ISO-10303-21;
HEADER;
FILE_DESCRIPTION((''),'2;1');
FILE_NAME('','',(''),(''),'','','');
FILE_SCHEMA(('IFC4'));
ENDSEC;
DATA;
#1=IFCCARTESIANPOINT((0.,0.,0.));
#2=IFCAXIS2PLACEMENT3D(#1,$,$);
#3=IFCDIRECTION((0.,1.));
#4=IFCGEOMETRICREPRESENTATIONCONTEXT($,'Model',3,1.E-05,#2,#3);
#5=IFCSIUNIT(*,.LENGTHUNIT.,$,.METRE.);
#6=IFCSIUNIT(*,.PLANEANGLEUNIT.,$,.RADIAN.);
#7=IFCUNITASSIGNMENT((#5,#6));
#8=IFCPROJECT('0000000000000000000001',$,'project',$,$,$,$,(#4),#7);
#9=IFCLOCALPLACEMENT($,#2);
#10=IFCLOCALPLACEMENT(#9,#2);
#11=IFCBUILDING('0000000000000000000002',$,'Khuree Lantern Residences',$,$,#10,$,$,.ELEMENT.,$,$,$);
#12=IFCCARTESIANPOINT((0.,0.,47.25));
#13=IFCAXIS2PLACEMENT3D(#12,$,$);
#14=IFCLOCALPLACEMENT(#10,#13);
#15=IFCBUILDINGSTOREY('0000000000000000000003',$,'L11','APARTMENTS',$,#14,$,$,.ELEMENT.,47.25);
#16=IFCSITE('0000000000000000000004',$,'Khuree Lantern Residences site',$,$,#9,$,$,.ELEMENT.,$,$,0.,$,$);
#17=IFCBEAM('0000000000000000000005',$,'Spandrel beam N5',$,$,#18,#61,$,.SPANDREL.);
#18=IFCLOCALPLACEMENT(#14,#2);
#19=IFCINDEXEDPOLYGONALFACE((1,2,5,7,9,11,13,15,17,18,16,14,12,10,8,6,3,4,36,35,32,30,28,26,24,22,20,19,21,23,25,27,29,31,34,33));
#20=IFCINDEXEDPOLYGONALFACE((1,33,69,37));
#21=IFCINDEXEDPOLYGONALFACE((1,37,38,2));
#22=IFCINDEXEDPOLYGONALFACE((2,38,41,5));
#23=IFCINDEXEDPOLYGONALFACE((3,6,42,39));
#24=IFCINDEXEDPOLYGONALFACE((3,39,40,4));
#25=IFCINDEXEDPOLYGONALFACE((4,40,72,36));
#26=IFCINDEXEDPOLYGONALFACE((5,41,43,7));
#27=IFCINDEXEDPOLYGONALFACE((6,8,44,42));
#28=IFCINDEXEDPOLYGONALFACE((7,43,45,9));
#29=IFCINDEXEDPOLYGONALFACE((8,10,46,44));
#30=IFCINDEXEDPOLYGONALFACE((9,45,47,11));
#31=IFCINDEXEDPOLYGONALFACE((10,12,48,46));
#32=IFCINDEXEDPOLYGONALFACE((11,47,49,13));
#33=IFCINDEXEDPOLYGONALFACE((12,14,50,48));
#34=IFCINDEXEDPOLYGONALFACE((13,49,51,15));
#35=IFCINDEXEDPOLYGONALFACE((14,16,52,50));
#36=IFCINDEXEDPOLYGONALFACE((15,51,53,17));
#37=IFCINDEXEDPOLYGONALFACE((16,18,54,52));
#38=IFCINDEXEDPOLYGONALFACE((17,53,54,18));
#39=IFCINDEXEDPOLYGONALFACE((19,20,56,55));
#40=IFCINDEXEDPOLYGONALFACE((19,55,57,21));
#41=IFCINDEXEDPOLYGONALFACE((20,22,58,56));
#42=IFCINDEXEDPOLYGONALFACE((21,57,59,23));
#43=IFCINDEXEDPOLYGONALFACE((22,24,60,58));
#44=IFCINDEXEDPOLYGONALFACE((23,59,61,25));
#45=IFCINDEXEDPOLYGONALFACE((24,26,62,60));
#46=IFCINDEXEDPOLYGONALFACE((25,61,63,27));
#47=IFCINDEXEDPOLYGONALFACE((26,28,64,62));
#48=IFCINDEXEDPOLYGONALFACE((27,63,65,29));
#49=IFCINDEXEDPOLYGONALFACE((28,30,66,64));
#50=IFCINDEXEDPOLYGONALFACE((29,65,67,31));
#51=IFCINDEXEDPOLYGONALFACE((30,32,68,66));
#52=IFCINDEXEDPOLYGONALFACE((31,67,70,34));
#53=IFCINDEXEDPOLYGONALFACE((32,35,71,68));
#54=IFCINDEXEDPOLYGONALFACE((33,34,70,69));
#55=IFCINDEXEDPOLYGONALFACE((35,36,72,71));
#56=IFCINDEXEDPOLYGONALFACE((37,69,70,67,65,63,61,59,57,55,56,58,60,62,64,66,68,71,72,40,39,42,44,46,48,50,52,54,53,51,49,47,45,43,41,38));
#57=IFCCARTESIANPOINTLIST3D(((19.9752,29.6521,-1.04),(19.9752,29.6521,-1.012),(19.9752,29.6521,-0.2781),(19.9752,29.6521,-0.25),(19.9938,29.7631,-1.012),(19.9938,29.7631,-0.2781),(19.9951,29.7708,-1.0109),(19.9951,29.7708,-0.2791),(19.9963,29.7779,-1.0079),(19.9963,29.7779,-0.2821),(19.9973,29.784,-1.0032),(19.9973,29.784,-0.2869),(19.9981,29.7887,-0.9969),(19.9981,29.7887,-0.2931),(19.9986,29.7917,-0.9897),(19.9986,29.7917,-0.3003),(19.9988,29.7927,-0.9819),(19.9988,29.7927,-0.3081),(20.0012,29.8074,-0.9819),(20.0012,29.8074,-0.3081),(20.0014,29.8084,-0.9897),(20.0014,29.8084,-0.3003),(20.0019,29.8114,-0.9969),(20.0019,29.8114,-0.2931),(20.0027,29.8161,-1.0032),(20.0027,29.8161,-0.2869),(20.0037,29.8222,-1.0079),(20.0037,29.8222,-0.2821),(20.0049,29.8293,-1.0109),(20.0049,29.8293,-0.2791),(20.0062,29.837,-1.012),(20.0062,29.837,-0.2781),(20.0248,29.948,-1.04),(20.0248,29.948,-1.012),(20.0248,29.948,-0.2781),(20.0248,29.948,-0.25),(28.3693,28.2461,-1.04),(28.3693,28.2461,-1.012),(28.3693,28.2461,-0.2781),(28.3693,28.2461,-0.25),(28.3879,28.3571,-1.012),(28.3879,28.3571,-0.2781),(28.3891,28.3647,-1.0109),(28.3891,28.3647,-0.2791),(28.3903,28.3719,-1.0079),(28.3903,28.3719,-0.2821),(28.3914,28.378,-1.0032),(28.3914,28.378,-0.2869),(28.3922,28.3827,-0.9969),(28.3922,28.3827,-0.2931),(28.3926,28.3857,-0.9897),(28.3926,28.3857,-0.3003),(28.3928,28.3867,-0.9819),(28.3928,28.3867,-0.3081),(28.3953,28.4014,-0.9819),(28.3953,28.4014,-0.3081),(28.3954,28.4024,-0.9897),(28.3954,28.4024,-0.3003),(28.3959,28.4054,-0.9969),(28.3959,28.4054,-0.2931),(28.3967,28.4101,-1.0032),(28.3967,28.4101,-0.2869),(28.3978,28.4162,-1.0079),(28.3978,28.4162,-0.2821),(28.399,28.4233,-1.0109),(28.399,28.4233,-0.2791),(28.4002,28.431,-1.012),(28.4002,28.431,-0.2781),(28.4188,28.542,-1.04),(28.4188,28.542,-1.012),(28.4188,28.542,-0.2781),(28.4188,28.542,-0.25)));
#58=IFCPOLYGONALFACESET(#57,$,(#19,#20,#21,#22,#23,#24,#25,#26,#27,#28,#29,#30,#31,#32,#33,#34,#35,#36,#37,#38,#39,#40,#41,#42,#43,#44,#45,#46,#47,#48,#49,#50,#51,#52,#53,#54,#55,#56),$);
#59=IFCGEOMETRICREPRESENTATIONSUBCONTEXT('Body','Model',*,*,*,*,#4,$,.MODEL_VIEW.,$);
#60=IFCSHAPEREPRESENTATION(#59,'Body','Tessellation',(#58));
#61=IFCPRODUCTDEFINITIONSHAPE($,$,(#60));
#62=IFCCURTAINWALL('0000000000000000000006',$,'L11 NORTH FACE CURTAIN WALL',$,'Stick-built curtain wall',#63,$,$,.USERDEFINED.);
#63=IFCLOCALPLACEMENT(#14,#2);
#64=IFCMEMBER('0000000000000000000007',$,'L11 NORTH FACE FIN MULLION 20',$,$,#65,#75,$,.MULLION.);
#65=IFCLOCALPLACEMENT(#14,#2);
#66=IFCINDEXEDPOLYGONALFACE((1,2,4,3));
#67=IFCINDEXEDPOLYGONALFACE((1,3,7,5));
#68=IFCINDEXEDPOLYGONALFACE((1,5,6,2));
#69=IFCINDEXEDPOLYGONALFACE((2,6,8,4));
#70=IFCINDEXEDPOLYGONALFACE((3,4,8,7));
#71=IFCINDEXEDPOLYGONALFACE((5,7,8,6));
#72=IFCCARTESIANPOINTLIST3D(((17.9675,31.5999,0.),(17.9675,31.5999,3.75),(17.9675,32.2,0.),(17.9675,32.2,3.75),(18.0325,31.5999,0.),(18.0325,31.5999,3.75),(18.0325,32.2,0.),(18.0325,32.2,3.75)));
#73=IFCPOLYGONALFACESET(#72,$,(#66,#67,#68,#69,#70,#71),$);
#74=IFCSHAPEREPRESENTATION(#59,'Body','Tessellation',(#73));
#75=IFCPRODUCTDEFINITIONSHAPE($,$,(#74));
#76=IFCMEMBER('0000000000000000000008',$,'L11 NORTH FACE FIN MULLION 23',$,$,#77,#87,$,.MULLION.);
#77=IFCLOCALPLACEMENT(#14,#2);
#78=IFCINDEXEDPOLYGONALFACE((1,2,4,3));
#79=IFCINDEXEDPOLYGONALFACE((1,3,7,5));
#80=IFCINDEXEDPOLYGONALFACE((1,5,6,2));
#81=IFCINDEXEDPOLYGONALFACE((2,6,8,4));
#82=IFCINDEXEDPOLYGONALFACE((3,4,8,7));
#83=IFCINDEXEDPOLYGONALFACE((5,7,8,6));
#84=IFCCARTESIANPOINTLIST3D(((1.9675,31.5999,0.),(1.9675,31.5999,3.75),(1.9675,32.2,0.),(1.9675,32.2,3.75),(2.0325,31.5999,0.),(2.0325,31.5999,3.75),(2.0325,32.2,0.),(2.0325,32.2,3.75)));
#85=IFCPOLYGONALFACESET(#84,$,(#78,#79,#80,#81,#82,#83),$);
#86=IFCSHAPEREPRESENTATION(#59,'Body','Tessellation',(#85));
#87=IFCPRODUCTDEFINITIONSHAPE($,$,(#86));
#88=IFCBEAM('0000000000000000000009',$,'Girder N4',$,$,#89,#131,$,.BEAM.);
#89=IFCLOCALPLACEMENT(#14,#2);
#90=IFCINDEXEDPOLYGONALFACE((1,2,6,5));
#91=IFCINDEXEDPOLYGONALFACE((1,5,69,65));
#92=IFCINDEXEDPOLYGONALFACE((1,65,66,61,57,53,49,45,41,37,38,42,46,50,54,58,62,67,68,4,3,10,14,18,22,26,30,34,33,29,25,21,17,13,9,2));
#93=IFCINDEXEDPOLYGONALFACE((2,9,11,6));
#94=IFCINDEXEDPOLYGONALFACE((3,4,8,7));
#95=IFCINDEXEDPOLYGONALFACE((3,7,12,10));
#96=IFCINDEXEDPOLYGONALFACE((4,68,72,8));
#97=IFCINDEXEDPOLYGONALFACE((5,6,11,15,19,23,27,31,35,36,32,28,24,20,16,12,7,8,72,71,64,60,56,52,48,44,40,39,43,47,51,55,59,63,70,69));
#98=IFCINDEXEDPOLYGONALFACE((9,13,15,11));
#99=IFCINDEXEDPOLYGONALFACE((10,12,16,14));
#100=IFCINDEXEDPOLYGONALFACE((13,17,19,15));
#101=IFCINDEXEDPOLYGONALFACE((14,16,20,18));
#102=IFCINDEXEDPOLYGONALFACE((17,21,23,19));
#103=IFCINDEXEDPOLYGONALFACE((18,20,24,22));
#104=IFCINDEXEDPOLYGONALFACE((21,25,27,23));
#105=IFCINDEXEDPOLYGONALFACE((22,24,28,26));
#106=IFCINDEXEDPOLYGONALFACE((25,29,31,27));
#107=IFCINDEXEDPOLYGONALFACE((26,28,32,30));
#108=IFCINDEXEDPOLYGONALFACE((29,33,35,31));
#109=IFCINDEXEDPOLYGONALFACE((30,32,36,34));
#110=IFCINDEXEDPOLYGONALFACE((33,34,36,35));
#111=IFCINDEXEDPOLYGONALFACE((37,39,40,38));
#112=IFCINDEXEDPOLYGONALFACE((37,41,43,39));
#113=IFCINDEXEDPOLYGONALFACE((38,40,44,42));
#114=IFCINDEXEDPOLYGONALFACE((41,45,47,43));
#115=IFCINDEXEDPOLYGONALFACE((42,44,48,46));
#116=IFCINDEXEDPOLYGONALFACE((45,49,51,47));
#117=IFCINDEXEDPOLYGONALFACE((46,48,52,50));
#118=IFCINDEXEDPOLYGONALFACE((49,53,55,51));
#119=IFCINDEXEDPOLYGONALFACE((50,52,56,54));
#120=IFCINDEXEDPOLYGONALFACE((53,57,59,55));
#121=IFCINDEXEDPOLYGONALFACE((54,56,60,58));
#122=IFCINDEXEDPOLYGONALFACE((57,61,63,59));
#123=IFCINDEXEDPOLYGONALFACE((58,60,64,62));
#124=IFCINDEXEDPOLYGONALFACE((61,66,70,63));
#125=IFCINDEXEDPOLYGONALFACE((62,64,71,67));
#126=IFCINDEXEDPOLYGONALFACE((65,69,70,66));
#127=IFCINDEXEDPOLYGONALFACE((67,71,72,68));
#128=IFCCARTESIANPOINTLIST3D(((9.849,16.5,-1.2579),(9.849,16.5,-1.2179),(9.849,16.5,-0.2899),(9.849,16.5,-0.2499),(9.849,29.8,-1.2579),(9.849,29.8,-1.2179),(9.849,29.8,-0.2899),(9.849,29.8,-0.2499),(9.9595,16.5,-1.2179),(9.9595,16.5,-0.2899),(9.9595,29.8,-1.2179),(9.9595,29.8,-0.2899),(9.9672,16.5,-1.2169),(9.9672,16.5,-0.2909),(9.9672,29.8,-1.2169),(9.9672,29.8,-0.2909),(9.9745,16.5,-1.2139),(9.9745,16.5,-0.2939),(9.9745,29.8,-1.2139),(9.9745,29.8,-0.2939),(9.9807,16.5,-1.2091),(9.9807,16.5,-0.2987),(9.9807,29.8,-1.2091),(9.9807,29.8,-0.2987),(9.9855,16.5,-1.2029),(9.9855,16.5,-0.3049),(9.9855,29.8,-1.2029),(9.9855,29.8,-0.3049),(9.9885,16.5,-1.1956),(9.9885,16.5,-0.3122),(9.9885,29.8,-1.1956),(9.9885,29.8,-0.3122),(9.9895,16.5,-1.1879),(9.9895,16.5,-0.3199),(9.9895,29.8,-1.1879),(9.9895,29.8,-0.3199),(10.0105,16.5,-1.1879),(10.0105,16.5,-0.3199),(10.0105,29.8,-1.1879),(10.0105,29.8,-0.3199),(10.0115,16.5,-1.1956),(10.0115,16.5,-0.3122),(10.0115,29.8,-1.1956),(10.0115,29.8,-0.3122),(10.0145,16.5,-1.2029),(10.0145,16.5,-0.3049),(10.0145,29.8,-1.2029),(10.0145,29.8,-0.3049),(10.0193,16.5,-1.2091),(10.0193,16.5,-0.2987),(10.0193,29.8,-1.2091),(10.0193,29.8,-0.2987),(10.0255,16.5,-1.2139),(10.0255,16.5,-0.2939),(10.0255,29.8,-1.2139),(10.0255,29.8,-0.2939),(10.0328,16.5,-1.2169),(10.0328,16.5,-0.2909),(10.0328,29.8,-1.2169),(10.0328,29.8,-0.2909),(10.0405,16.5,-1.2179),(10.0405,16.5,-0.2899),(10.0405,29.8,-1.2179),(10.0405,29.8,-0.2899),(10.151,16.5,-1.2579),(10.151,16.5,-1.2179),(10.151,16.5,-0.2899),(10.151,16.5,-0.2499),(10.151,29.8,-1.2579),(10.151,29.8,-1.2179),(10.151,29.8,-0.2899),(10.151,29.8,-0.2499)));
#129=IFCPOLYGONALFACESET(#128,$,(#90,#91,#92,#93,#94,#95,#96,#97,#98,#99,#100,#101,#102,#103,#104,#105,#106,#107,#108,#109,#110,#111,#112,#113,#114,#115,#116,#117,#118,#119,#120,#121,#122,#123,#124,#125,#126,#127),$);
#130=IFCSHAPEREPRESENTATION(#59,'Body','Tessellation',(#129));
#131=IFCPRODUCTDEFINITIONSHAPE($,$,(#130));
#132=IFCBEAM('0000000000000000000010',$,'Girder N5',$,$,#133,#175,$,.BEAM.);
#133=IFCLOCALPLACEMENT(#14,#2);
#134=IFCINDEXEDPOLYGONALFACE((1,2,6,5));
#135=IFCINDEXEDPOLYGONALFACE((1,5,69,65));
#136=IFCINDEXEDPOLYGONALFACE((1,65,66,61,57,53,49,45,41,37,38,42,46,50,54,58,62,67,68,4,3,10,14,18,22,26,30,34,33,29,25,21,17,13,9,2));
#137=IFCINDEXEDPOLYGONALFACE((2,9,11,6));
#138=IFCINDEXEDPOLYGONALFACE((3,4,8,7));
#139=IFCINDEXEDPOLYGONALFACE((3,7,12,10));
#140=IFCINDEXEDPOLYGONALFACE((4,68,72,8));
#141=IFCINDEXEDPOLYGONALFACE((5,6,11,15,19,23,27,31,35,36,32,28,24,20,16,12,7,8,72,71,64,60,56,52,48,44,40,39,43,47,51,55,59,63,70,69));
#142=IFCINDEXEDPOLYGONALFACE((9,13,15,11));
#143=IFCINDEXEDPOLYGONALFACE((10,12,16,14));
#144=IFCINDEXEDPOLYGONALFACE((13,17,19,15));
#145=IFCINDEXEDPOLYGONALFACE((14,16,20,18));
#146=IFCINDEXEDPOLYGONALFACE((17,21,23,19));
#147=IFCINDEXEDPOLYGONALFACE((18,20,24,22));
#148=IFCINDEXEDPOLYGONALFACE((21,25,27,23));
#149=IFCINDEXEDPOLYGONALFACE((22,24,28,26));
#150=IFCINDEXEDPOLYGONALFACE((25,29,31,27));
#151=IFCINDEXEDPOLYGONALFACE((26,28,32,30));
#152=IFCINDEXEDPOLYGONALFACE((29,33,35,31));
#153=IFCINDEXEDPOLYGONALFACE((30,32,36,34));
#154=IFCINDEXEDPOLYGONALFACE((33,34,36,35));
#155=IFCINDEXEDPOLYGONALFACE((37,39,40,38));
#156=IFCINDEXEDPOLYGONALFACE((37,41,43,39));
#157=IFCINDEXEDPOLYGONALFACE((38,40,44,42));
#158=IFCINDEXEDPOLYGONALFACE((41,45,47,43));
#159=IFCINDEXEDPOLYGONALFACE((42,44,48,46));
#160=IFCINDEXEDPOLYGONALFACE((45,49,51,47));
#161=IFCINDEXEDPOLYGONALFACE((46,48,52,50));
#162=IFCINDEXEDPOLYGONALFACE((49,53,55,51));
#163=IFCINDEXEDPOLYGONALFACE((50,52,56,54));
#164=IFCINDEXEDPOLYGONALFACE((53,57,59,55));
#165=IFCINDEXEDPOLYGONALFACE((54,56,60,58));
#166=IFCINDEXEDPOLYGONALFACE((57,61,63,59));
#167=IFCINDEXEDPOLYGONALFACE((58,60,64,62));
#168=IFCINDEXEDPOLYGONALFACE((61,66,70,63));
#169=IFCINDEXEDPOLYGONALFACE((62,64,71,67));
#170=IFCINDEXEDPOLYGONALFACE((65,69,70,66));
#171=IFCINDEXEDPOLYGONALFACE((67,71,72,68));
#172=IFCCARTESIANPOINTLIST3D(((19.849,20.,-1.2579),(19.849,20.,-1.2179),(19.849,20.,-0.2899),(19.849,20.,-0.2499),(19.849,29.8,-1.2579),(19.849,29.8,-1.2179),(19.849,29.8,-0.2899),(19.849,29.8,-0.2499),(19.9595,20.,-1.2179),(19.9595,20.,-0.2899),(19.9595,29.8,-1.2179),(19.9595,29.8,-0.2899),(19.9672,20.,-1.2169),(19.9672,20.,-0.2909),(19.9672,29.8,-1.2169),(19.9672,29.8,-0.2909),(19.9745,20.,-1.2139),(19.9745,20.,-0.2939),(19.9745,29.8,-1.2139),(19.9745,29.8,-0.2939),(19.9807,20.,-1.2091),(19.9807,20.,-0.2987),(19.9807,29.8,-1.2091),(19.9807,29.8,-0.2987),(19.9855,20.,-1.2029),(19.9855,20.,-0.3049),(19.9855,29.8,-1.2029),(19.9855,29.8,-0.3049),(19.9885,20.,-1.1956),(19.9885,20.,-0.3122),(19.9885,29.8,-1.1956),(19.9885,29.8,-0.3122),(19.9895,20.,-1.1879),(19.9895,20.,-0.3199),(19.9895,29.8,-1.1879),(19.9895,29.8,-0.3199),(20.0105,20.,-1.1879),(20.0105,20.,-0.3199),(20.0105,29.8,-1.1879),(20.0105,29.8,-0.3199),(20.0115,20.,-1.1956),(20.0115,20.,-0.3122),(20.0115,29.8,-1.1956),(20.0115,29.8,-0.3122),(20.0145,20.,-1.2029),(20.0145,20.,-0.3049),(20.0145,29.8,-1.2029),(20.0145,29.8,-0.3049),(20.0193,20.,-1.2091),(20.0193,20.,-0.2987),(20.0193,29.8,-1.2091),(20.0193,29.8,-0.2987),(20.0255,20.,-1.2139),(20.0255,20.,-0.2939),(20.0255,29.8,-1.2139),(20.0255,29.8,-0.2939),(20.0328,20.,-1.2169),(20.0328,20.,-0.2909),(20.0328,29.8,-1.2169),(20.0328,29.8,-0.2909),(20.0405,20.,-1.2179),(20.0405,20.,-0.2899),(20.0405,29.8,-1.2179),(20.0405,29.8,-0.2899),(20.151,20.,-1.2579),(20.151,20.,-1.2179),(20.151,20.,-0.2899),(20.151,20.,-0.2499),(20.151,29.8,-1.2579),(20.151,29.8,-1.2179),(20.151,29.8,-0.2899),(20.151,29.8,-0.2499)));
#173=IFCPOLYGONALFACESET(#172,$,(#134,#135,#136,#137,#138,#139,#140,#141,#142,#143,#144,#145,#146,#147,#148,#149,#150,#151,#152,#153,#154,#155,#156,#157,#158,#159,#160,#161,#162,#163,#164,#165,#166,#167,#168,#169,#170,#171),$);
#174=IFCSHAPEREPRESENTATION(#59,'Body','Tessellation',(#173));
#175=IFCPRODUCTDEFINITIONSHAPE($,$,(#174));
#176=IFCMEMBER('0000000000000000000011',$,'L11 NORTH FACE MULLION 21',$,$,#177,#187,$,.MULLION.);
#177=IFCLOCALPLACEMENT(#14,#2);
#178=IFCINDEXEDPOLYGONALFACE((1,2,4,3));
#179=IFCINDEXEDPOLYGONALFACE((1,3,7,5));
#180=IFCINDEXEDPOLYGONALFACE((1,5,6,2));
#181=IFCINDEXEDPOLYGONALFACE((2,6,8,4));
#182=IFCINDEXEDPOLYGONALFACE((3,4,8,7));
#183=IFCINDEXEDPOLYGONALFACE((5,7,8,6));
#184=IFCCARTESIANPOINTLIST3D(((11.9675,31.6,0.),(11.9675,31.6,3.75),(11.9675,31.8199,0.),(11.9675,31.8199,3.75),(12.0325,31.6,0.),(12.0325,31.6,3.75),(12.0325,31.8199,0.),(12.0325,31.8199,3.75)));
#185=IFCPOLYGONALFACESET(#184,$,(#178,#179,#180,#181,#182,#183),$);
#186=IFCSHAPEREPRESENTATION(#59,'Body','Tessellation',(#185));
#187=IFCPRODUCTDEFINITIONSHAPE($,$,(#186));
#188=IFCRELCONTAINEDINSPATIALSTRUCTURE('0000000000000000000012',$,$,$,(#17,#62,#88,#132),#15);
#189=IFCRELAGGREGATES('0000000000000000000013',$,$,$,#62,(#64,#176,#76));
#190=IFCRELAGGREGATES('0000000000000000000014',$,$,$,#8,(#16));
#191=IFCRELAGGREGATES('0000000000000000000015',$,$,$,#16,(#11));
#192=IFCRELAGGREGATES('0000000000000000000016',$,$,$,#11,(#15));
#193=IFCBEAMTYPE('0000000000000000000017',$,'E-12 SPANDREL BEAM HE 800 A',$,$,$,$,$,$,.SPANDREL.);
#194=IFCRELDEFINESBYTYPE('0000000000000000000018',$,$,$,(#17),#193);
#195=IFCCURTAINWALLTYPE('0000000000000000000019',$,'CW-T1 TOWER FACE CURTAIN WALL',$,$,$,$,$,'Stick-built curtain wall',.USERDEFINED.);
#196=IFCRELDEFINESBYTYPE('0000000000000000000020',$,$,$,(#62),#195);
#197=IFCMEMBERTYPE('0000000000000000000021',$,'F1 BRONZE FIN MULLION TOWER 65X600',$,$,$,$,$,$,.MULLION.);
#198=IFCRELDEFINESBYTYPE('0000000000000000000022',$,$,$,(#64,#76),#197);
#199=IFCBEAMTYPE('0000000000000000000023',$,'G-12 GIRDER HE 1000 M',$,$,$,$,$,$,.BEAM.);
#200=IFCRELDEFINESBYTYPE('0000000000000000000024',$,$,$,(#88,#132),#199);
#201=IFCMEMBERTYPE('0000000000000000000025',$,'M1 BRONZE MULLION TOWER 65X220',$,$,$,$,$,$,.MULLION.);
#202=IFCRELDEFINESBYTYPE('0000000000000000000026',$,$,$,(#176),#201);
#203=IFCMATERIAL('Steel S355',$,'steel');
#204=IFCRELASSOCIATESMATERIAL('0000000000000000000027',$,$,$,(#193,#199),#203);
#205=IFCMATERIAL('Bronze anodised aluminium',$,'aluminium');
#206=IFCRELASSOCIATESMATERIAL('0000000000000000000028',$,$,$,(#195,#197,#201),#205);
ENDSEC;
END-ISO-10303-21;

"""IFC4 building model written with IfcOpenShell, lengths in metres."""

from ifc_helpers import new_model, si_unit, direction, frame, origin, origin_2d, place, context, subcontext, project, spatial, rectangle, i_section, extrude, material, material_profile, profile_set, type_object, element, aggregate, save


model = new_model("IFC4")

# Units and contexts
model_context = context("Model", 3, precision=1e-05, world=origin(), true_north=direction((0.0, 1.0)))
body_context = subcontext(model_context, "Body", "Model", "MODEL_VIEW")
ifc_project = project(units=[si_unit("LENGTHUNIT", "METRE"), si_unit("PLANEANGLEUNIT", "RADIAN")], contexts=[model_context])

# Site, building, storey
site_placement = place(None, origin())
site = spatial("IfcSite", under=ifc_project, at=site_placement, Name="Khuree Lantern Residences site", CompositionType="ELEMENT", RefElevation=0.0)
building_placement = place(site_placement, origin())
building = spatial("IfcBuilding", under=site, at=building_placement, Name="Khuree Lantern Residences", CompositionType="ELEMENT")
storey_placement = place(building_placement, frame((0.0, 0.0, 47.25)))
storey = spatial("IfcBuildingStorey", under=building, at=storey_placement, Name="L11", Description="APARTMENTS", CompositionType="ELEMENT", Elevation=47.25)

# Beam
ifc_material_1 = material(Name="Steel S355", Category="steel")
ifc_material_profile_1 = material_profile(ifc_material_1, i_section(OverallWidth=0.3, OverallDepth=0.79, WebThickness=0.0149, FlangeThickness=0.0281, FilletRadius=0.03, at=origin_2d()), Name="HE 800 A")
ifc_profile_set_1 = profile_set([ifc_material_profile_1], Name="Steel S355")
beam_type_1 = type_object("IfcBeamType", Name="E-12 SPANDREL BEAM HE 800 A", PredefinedType="SPANDREL", material=ifc_profile_set_1)
beam_1_placement = place(storey_placement, frame((20.0, 29.8, -0.645), z_axis=(0.98626, -0.165199, 0.0), x_axis=(0.165199, 0.98626, 0.0)))
element("IfcBeam", 1, at=beam_1_placement, inside=storey, type_object=beam_type_1, Name="Spandrel beam N5", PredefinedType="SPANDREL", context=body_context, shape_type="SweptSolid", body=[
    extrude(i_section(OverallWidth=0.3, OverallDepth=0.79, WebThickness=0.0149, FlangeThickness=0.0281, FilletRadius=0.03, at=origin_2d()), origin(), (0.0, 0.0, 1.0), 8.511),
])

# Curtain wall, members
ifc_material_2 = material(Name="Bronze anodised aluminium", Category="aluminium")
curtain_wall_type = type_object("IfcCurtainWallType", Name="CW-T1 TOWER FACE CURTAIN WALL", ElementType="Stick-built curtain wall", PredefinedType="USERDEFINED", material=ifc_material_2)
curtain_wall_placement = place(storey_placement, origin())
curtain_wall = element("IfcCurtainWall", 2, at=curtain_wall_placement, inside=storey, type_object=curtain_wall_type, Name="L11 NORTH FACE CURTAIN WALL", ObjectType="Stick-built curtain wall", PredefinedType="USERDEFINED")
ifc_material_profile_2 = material_profile(ifc_material_2, rectangle(XDim=0.0649, YDim=0.6001, at=origin_2d()), Name="F1 65X600")
ifc_profile_set_2 = profile_set([ifc_material_profile_2], Name="Bronze anodised aluminium")
member_type_1 = type_object("IfcMemberType", Name="F1 BRONZE FIN MULLION TOWER 65X600", PredefinedType="MULLION", material=ifc_profile_set_2)
member_1_placement = place(storey_placement, frame((18.0, 31.8999, 0.0), z_axis=(0.0, 0.0, 1.0), x_axis=(-1.0, 0.0, 0.0)))
member_1 = element("IfcMember", 3, at=member_1_placement, type_object=member_type_1, Name="L11 NORTH FACE FIN MULLION 20", PredefinedType="MULLION", context=body_context, shape_type="SweptSolid", body=[
    extrude(rectangle(XDim=0.0649, YDim=0.6001, at=origin_2d()), origin(), (0.0, 0.0, 1.0), 3.75),
])
member_2_placement = place(storey_placement, frame((2.0, 31.8999, 0.0), z_axis=(0.0, 0.0, 1.0), x_axis=(-1.0, 0.0, 0.0)))
member_2 = element("IfcMember", 4, at=member_2_placement, type_object=member_type_1, Name="L11 NORTH FACE FIN MULLION 23", PredefinedType="MULLION", context=body_context, shape_type="SweptSolid", body=[
    extrude(rectangle(XDim=0.0649, YDim=0.6001, at=origin_2d()), origin(), (0.0, 0.0, 1.0), 3.75),
])

# Beams
ifc_material_profile_3 = material_profile(ifc_material_1, i_section(OverallWidth=0.302, OverallDepth=1.0081, WebThickness=0.021, FlangeThickness=0.04, FilletRadius=0.03, at=origin_2d()), Name="HE 1000 M")
ifc_profile_set_3 = profile_set([ifc_material_profile_3], Name="Steel S355")
beam_type_2 = type_object("IfcBeamType", Name="G-12 GIRDER HE 1000 M", PredefinedType="BEAM", material=ifc_profile_set_3)
beam_2_placement = place(storey_placement, frame((10.0, 29.8, -0.7539), z_axis=(0.0, -1.0, 0.0), x_axis=(1.0, 0.0, 0.0)))
element("IfcBeam", 5, at=beam_2_placement, inside=storey, type_object=beam_type_2, Name="Girder N4", PredefinedType="BEAM", context=body_context, shape_type="SweptSolid", body=[
    extrude(i_section(OverallWidth=0.302, OverallDepth=1.0081, WebThickness=0.021, FlangeThickness=0.04, FilletRadius=0.03, at=origin_2d()), origin(), (0.0, 0.0, 1.0), 13.3),
])
beam_3_placement = place(storey_placement, frame((20.0, 29.8, -0.7539), z_axis=(0.0, -1.0, 0.0), x_axis=(1.0, 0.0, 0.0)))
element("IfcBeam", 6, at=beam_3_placement, inside=storey, type_object=beam_type_2, Name="Girder N5", PredefinedType="BEAM", context=body_context, shape_type="SweptSolid", body=[
    extrude(i_section(OverallWidth=0.302, OverallDepth=1.0081, WebThickness=0.021, FlangeThickness=0.04, FilletRadius=0.03, at=origin_2d()), origin(), (0.0, 0.0, 1.0), 9.8),
])

# Member
ifc_material_profile_4 = material_profile(ifc_material_2, rectangle(XDim=0.0649, YDim=0.22, at=origin_2d()), Name="M1 65X220")
ifc_profile_set_4 = profile_set([ifc_material_profile_4], Name="Bronze anodised aluminium")
member_type_2 = type_object("IfcMemberType", Name="M1 BRONZE MULLION TOWER 65X220", PredefinedType="MULLION", material=ifc_profile_set_4)
member_3_placement = place(storey_placement, frame((12.0, 31.71, 0.0), z_axis=(0.0, 0.0, 1.0), x_axis=(-1.0, 0.0, 0.0)))
member_3 = element("IfcMember", 7, at=member_3_placement, type_object=member_type_2, Name="L11 NORTH FACE MULLION 21", PredefinedType="MULLION", context=body_context, shape_type="SweptSolid", body=[
    extrude(rectangle(XDim=0.0649, YDim=0.22, at=origin_2d()), origin(), (0.0, 0.0, 1.0), 3.75),
])

aggregate(curtain_wall, [member_1, member_3, member_2])

save(model, "model.ifc")
